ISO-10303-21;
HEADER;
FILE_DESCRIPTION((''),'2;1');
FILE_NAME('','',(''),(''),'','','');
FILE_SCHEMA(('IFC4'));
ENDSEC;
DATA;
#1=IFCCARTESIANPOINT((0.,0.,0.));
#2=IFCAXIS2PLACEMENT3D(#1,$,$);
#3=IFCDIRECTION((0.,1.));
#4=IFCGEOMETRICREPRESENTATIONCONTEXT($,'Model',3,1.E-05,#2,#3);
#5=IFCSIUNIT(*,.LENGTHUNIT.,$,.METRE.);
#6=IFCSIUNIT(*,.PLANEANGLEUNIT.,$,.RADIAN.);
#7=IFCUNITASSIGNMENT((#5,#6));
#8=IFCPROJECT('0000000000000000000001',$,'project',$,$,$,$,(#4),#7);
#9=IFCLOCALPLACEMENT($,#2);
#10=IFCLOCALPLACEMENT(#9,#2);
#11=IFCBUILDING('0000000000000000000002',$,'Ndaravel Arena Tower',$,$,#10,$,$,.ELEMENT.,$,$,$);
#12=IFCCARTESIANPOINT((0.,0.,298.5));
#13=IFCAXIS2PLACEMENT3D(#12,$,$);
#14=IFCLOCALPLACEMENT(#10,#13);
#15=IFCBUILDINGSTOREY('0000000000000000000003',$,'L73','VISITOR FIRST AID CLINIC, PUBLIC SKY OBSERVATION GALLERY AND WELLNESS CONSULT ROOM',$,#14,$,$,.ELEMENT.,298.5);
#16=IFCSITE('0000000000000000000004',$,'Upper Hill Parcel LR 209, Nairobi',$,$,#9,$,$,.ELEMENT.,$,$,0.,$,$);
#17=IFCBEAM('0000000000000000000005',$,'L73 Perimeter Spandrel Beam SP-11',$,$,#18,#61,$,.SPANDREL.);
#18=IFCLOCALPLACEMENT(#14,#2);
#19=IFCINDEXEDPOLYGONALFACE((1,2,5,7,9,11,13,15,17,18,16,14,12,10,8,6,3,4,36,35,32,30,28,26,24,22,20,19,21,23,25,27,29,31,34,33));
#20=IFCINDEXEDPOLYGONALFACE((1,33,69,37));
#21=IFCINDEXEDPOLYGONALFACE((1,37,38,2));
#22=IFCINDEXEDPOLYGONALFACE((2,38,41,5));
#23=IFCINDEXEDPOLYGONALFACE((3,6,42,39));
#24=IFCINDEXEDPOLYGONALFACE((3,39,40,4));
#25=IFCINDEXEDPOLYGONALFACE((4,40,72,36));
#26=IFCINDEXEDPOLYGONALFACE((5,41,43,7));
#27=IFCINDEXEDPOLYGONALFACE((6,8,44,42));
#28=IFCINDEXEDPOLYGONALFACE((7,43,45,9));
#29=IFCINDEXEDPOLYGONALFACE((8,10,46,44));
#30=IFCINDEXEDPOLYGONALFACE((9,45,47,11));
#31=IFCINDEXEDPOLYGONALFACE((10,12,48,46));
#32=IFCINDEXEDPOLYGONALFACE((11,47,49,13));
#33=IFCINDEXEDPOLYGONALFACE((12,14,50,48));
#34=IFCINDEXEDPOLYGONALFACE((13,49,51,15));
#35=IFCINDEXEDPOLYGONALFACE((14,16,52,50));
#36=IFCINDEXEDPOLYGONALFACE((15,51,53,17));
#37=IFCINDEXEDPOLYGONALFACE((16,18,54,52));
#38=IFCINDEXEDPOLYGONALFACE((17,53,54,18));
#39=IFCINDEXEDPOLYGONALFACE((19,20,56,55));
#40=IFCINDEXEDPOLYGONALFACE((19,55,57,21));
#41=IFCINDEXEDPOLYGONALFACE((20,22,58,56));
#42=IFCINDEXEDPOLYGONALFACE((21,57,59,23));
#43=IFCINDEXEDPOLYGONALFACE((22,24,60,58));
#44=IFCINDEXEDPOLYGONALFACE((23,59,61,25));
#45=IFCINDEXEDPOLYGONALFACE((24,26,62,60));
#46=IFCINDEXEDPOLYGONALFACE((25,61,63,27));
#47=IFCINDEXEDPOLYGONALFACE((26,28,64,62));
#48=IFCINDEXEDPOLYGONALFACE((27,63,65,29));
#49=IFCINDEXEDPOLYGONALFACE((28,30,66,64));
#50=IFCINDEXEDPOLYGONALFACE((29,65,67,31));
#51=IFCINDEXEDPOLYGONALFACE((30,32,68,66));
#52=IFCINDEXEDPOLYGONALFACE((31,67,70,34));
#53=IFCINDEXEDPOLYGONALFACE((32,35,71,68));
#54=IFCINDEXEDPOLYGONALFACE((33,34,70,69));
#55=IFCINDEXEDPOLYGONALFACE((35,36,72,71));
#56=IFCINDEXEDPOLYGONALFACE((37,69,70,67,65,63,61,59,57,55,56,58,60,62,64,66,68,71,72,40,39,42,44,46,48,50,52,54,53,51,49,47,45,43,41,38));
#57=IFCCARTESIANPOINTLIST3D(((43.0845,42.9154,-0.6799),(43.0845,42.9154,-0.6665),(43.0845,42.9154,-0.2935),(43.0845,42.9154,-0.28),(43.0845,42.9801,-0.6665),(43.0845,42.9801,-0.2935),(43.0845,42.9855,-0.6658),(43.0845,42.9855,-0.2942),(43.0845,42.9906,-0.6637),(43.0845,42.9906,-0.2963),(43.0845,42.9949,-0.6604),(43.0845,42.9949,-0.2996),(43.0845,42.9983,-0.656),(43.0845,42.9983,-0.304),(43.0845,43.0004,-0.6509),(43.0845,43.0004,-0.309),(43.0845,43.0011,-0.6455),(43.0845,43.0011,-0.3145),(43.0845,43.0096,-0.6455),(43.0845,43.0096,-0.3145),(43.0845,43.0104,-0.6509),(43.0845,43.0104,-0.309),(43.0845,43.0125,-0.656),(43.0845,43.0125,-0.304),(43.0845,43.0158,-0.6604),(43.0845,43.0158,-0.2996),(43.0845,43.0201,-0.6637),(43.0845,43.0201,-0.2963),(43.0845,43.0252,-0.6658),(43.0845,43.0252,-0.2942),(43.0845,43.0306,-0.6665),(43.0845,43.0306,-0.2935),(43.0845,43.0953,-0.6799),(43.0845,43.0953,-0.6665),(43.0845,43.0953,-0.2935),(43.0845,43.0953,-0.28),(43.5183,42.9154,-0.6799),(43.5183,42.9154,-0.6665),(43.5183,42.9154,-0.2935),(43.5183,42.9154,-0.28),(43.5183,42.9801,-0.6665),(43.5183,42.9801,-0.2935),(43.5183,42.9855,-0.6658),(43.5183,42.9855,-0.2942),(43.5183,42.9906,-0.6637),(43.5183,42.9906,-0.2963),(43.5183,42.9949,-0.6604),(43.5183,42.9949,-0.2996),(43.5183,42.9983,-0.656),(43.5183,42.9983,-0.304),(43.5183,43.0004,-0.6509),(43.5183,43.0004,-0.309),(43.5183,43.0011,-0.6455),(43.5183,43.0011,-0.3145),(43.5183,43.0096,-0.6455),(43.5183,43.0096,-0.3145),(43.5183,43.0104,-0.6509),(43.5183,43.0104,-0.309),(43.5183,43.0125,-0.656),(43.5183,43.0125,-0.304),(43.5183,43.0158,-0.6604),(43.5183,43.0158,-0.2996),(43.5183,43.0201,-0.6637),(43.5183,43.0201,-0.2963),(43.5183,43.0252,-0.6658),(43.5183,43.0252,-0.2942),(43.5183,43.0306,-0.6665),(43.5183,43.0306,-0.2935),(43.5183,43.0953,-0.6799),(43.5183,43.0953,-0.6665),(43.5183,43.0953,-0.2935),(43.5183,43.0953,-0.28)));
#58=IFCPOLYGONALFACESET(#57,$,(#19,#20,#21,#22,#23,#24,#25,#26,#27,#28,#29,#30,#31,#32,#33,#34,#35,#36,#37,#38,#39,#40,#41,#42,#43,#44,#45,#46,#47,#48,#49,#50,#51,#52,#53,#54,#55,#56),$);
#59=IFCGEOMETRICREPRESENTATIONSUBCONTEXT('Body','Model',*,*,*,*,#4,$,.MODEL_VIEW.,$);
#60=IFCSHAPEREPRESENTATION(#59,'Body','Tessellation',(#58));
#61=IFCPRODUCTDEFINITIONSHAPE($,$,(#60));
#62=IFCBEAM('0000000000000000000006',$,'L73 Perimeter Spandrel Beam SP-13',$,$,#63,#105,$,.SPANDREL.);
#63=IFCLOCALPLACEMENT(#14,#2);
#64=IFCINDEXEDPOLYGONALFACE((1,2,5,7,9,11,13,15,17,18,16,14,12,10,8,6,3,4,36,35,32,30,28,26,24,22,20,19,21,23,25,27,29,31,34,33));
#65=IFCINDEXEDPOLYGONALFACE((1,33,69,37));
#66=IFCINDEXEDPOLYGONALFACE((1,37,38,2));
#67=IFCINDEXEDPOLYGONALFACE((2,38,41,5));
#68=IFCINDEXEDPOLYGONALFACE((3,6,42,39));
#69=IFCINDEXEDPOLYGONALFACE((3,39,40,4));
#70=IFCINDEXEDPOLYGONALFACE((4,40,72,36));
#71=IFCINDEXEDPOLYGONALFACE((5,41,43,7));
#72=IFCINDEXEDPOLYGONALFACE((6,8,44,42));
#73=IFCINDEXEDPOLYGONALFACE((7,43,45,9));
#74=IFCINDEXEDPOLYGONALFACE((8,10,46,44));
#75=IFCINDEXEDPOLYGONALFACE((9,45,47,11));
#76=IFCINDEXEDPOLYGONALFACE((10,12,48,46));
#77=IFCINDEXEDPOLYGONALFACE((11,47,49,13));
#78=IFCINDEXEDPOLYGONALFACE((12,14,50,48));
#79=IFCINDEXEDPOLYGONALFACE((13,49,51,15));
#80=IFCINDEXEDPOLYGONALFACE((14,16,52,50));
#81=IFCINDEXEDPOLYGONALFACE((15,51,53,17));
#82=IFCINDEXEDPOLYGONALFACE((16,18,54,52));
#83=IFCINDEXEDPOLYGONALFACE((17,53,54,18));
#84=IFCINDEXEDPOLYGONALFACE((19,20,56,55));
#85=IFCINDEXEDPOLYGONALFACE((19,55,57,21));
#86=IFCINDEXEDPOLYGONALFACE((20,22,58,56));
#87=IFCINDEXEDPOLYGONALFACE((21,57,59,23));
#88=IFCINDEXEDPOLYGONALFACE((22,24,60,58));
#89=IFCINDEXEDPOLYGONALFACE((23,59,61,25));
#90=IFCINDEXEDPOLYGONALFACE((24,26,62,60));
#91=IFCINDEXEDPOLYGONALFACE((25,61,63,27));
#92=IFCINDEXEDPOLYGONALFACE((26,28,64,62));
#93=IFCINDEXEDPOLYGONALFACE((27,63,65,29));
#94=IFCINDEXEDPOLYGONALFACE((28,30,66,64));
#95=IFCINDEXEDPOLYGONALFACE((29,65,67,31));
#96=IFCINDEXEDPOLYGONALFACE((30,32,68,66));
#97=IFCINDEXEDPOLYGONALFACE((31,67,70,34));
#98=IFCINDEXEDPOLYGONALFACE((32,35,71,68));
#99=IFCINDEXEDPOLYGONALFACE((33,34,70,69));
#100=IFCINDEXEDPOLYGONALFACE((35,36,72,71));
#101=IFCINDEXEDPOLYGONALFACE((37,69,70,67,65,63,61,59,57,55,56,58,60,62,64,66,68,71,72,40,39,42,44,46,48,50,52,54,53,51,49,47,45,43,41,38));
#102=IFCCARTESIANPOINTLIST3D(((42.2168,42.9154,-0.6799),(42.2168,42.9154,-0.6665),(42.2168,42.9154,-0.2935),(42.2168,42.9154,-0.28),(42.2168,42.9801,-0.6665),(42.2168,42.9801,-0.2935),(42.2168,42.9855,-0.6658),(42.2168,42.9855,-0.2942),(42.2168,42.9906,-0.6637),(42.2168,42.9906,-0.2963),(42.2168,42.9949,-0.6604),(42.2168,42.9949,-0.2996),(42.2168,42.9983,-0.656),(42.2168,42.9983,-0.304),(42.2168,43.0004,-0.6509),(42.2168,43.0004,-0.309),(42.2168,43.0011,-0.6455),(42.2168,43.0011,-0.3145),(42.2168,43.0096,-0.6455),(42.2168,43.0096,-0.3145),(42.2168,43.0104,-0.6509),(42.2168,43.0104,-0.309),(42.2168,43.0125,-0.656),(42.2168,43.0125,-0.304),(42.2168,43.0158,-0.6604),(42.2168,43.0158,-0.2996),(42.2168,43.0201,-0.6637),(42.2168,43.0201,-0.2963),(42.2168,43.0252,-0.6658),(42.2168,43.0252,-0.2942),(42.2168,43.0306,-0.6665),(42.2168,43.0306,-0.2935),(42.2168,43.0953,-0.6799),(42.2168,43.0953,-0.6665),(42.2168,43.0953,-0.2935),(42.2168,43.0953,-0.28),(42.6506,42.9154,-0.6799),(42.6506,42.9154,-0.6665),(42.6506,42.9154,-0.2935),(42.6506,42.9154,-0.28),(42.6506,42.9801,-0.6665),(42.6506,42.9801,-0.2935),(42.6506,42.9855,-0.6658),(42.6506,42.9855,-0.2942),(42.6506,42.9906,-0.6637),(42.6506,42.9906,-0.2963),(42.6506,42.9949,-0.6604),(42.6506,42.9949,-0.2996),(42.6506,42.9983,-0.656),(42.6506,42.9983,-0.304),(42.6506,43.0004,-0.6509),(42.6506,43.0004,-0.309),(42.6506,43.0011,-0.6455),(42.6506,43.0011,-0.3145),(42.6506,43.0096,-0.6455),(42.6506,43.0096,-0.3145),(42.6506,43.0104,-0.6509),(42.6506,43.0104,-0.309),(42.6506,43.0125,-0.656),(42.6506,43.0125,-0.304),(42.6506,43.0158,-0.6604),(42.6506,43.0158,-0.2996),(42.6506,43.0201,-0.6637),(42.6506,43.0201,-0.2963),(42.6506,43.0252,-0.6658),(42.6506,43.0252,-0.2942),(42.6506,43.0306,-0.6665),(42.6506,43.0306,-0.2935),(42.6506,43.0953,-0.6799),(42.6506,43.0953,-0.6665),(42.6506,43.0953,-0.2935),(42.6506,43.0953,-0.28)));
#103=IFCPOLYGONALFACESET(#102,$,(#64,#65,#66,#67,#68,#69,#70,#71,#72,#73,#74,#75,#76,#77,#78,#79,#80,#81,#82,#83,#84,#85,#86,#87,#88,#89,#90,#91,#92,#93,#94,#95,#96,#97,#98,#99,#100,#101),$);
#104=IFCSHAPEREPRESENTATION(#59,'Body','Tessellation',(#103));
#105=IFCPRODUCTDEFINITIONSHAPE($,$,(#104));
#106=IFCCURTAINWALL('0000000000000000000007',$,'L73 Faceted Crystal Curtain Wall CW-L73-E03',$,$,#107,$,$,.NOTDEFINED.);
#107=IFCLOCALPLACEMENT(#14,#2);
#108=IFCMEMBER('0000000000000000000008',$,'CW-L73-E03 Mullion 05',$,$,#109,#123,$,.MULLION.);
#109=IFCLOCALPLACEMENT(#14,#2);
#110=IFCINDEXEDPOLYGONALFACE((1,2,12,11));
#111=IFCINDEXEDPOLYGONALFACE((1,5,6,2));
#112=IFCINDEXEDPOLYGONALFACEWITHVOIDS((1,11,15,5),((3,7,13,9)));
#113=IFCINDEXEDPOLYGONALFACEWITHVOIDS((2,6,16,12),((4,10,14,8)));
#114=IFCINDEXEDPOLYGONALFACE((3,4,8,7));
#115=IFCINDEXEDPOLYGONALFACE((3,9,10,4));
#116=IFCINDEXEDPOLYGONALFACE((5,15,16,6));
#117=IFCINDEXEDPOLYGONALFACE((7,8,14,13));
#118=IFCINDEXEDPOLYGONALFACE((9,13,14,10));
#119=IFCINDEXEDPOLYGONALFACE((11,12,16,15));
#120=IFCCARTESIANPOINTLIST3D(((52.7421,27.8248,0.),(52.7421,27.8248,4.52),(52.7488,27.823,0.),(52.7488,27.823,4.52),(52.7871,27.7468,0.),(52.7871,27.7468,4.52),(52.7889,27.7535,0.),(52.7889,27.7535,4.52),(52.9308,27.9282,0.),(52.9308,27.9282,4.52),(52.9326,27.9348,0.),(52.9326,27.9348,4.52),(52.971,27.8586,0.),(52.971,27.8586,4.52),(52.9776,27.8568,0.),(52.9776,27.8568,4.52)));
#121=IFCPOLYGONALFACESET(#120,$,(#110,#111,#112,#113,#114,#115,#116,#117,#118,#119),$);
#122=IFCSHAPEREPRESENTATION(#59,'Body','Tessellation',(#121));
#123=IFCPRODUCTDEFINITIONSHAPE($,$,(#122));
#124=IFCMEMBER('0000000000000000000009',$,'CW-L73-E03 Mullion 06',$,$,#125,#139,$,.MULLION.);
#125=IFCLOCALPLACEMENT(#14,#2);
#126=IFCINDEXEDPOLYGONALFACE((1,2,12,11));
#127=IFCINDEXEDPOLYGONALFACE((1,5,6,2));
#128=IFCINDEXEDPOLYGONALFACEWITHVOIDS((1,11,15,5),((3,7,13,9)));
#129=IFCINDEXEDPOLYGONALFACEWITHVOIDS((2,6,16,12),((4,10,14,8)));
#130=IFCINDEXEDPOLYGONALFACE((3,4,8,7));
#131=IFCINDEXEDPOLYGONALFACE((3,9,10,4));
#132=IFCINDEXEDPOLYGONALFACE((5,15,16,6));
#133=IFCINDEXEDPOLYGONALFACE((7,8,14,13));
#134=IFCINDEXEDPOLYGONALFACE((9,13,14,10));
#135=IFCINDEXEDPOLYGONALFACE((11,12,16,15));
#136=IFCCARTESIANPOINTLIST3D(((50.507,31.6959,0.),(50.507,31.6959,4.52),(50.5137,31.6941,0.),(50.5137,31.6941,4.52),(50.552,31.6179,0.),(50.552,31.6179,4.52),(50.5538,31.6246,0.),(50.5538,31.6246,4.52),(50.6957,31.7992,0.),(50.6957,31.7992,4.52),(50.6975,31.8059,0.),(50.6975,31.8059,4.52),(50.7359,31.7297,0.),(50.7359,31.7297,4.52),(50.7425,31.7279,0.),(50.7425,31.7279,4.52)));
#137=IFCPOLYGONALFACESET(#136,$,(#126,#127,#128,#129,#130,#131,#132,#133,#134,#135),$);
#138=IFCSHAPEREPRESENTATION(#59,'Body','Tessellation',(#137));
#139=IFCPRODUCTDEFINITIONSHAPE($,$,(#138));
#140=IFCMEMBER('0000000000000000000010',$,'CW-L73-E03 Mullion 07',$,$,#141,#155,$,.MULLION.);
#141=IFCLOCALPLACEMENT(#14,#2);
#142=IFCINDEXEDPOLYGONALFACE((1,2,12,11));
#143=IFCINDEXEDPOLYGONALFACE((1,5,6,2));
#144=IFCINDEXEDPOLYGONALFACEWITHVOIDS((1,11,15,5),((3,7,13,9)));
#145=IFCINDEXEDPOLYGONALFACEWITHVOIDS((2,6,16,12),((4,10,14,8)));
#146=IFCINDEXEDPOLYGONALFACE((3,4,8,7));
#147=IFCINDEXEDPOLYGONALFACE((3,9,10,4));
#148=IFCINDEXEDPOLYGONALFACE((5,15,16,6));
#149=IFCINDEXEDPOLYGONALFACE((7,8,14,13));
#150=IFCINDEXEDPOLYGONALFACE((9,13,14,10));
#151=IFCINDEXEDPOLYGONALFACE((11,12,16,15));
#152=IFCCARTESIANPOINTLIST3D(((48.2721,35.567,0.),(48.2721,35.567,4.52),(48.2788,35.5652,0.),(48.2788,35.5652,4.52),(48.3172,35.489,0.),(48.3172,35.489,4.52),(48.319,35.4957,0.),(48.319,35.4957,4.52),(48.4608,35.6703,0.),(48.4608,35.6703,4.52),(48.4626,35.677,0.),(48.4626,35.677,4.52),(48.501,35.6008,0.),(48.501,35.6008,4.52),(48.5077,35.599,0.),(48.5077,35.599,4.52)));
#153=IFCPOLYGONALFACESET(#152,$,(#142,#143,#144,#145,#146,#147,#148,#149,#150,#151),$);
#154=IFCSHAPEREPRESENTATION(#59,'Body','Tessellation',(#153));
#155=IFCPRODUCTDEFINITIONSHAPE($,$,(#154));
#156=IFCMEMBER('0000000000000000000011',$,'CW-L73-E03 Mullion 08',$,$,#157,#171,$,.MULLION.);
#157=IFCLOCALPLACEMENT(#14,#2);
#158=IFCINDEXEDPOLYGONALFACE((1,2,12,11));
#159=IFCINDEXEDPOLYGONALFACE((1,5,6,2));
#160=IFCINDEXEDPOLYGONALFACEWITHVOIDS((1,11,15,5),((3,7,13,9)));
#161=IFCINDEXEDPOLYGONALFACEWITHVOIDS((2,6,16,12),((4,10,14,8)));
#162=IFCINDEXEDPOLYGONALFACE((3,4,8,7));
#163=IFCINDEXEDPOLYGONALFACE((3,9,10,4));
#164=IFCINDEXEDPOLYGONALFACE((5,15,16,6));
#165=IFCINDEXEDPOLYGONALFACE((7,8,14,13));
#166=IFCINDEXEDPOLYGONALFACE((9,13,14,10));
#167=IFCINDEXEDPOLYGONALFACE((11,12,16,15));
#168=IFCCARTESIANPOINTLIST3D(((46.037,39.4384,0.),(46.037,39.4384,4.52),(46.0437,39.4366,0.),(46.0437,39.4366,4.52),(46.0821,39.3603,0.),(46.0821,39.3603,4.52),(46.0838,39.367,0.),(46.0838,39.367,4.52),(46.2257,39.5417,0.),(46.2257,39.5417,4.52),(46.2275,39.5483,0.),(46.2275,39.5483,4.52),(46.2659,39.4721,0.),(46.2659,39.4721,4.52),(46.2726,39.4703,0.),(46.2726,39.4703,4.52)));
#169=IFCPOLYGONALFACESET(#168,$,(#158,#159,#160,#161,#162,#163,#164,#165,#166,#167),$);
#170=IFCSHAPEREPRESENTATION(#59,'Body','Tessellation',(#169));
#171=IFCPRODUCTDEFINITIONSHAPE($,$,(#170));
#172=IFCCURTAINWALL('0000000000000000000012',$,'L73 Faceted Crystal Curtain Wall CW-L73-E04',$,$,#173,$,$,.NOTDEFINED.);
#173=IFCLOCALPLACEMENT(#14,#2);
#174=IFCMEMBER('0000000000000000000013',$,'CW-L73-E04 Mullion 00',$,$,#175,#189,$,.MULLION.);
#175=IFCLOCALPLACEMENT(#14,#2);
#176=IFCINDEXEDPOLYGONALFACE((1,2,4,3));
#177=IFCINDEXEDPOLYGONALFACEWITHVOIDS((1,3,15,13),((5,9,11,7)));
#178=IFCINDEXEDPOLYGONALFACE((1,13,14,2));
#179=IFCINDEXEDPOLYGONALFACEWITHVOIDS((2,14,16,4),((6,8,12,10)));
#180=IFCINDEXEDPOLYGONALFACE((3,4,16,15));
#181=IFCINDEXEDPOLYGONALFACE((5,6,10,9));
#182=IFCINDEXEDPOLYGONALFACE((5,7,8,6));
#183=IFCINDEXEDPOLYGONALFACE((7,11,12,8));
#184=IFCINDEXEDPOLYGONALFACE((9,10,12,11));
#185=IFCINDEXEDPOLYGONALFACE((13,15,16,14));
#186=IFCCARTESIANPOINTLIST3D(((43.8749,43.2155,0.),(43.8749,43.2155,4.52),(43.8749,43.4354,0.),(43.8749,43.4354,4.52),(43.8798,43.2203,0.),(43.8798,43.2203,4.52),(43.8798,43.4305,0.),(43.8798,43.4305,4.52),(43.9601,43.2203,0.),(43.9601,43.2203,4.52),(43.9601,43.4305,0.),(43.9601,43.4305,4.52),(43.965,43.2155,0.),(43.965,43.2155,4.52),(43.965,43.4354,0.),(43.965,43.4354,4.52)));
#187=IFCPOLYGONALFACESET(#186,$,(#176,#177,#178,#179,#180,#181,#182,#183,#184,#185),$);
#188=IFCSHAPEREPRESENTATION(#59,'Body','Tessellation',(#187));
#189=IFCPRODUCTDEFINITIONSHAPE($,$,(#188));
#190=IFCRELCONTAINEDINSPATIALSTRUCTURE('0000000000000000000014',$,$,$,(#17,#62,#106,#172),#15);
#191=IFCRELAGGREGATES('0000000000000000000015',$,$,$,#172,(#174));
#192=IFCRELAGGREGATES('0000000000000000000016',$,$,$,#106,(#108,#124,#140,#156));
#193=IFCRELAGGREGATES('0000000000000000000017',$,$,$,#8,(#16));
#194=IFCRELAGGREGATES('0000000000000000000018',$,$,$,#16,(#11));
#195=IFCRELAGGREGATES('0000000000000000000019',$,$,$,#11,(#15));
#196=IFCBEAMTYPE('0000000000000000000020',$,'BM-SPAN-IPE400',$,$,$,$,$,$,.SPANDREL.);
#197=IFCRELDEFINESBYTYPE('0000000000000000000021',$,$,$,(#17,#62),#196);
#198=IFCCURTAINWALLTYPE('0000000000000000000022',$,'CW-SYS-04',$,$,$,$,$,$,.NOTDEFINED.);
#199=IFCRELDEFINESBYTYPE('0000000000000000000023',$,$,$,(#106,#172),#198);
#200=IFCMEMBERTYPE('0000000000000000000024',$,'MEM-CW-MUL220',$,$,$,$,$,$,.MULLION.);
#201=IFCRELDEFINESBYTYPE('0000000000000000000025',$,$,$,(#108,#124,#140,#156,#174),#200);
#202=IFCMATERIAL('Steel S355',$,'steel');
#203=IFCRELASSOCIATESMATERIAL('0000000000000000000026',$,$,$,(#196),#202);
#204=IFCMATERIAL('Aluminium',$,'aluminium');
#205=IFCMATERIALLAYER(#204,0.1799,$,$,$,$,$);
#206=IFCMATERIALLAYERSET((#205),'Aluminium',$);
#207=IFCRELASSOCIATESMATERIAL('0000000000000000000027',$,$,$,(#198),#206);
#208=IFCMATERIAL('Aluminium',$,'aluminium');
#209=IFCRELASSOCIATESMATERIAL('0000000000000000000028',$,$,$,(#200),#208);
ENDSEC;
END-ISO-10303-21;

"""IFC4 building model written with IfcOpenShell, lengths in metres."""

from ifc_helpers import new_model, si_unit, direction, frame, origin, origin_2d, place, context, subcontext, project, spatial, hollow_rectangle, i_section, extrude, material, layer, layer_set, material_profile, profile_set, type_object, element, aggregate, save


model = new_model("IFC4")

# Units and contexts
model_context = context("Model", 3, precision=1e-05, world=origin(), true_north=direction((0.0, 1.0)))
body_context = subcontext(model_context, "Body", "Model", "MODEL_VIEW")
ifc_project = project(units=[si_unit("LENGTHUNIT", "METRE"), si_unit("PLANEANGLEUNIT", "RADIAN")], contexts=[model_context])

# Site, building, storey
site_placement = place(None, origin())
site = spatial("IfcSite", under=ifc_project, at=site_placement, Name="Upper Hill Parcel LR 209, Nairobi", CompositionType="ELEMENT", RefElevation=0.0)
building_placement = place(site_placement, origin())
building = spatial("IfcBuilding", under=site, at=building_placement, Name="Ndaravel Arena Tower", CompositionType="ELEMENT")
storey_placement = place(building_placement, frame((0.0, 0.0, 298.5)))
storey = spatial("IfcBuildingStorey", under=building, at=storey_placement, Name="L73", Description="VISITOR FIRST AID CLINIC, PUBLIC SKY OBSERVATION GALLERY AND WELLNESS CONSULT ROOM", CompositionType="ELEMENT", Elevation=298.5)

# Beams
ifc_material_1 = material(Name="Steel S355", Category="steel")
ifc_material_profile_1 = material_profile(ifc_material_1, i_section(OverallWidth=0.1799, OverallDepth=0.3999, WebThickness=0.0085, FlangeThickness=0.0134, FilletRadius=0.021, at=origin_2d()), Name="IPE 400")
ifc_profile_set_1 = profile_set([ifc_material_profile_1], Name="Steel S355")
beam_type_1 = type_object("IfcBeamType", Name="BM-SPAN-IPE400", PredefinedType="SPANDREL", material=ifc_profile_set_1)
for number, where, z_axis, x_axis, name in (
    (1, (43.5183, 43.0054, -0.48), (-1.0, 0.0, 0.0), (0.0, -1.0, 0.0), "L73 Perimeter Spandrel Beam SP-11"),
    (2, (42.6506, 43.0054, -0.48), (-1.0, 0.0, 0.0), (0.0, -1.0, 0.0), "L73 Perimeter Spandrel Beam SP-13"),
):
    element("IfcBeam", number, at=place(storey_placement, frame(where, z_axis=z_axis, x_axis=x_axis)), inside=storey, type_object=beam_type_1, Name=name, PredefinedType="SPANDREL", context=body_context, shape_type="SweptSolid", body=[
        extrude(i_section(OverallWidth=0.1799, OverallDepth=0.3999, WebThickness=0.0085, FlangeThickness=0.0134, FilletRadius=0.021, at=origin_2d()), origin(), (0.0, 0.0, 1.0), 0.4338),
    ])

# Curtain walls, members
ifc_material_2 = material(Name="Aluminium", Category="aluminium")
ifc_layer_1 = layer(ifc_material_2, 0.1799)
ifc_layer_set_1 = layer_set([ifc_layer_1], Name="Aluminium")
curtain_wall_type = type_object("IfcCurtainWallType", Name="CW-SYS-04", PredefinedType="NOTDEFINED", material=ifc_layer_set_1)
curtain_wall_1_placement = place(storey_placement, origin())
curtain_wall_1 = element("IfcCurtainWall", 3, at=curtain_wall_1_placement, inside=storey, type_object=curtain_wall_type, Name="L73 Faceted Crystal Curtain Wall CW-L73-E03", PredefinedType="NOTDEFINED")
ifc_material_3 = material(Name="Aluminium", Category="aluminium")
ifc_material_profile_2 = material_profile(ifc_material_3, hollow_rectangle(XDim=0.0901, YDim=0.22, WallThickness=0.0049, at=origin_2d()), Name="CW MULLION 90x220x5")
ifc_profile_set_2 = profile_set([ifc_material_profile_2], Name="Aluminium")
member_type_1 = type_object("IfcMemberType", Name="MEM-CW-MUL220", PredefinedType="MULLION", material=ifc_profile_set_2)
member_1_placement = place(storey_placement, frame((52.8599, 27.8408, 0.0), z_axis=(0.0, 0.0, 1.0), x_axis=(-0.5, 0.866025, 0.0)))
member_1 = element("IfcMember", 4, at=member_1_placement, type_object=member_type_1, Name="CW-L73-E03 Mullion 05", PredefinedType="MULLION", context=body_context, shape_type="SweptSolid", body=[
    extrude(hollow_rectangle(XDim=0.0901, YDim=0.22, WallThickness=0.0049, at=origin_2d()), origin(), (0.0, 0.0, 1.0), 4.52),
])
member_2_placement = place(storey_placement, frame((50.6248, 31.7119, 0.0), z_axis=(0.0, 0.0, 1.0), x_axis=(-0.5, 0.866025, 0.0)))
member_2 = element("IfcMember", 5, at=member_2_placement, type_object=member_type_1, Name="CW-L73-E03 Mullion 06", PredefinedType="MULLION", context=body_context, shape_type="SweptSolid", body=[
    extrude(hollow_rectangle(XDim=0.0901, YDim=0.22, WallThickness=0.0049, at=origin_2d()), origin(), (0.0, 0.0, 1.0), 4.52),
])
member_3_placement = place(storey_placement, frame((48.3899, 35.583, 0.0), z_axis=(0.0, 0.0, 1.0), x_axis=(-0.5, 0.866025, 0.0)))
member_3 = element("IfcMember", 6, at=member_3_placement, type_object=member_type_1, Name="CW-L73-E03 Mullion 07", PredefinedType="MULLION", context=body_context, shape_type="SweptSolid", body=[
    extrude(hollow_rectangle(XDim=0.0901, YDim=0.22, WallThickness=0.0049, at=origin_2d()), origin(), (0.0, 0.0, 1.0), 4.52),
])
member_4_placement = place(storey_placement, frame((46.1548, 39.4543, 0.0), z_axis=(0.0, 0.0, 1.0), x_axis=(-0.5, 0.866025, 0.0)))
member_4 = element("IfcMember", 7, at=member_4_placement, type_object=member_type_1, Name="CW-L73-E03 Mullion 08", PredefinedType="MULLION", context=body_context, shape_type="SweptSolid", body=[
    extrude(hollow_rectangle(XDim=0.0901, YDim=0.22, WallThickness=0.0049, at=origin_2d()), origin(), (0.0, 0.0, 1.0), 4.52),
])
curtain_wall_2_placement = place(storey_placement, origin())
curtain_wall_2 = element("IfcCurtainWall", 8, at=curtain_wall_2_placement, inside=storey, type_object=curtain_wall_type, Name="L73 Faceted Crystal Curtain Wall CW-L73-E04", PredefinedType="NOTDEFINED")
member_5_placement = place(storey_placement, frame((43.9199, 43.3254, 0.0), z_axis=(0.0, 0.0, 1.0), x_axis=(-1.0, 0.0, 0.0)))
member_5 = element("IfcMember", 9, at=member_5_placement, type_object=member_type_1, Name="CW-L73-E04 Mullion 00", PredefinedType="MULLION", context=body_context, shape_type="SweptSolid", body=[
    extrude(hollow_rectangle(XDim=0.0901, YDim=0.22, WallThickness=0.0049, at=origin_2d()), origin(), (0.0, 0.0, 1.0), 4.52),
])
aggregate(curtain_wall_2, [member_5])

aggregate(curtain_wall_1, [member_1, member_2, member_3, member_4])

save(model, "model.ifc")
